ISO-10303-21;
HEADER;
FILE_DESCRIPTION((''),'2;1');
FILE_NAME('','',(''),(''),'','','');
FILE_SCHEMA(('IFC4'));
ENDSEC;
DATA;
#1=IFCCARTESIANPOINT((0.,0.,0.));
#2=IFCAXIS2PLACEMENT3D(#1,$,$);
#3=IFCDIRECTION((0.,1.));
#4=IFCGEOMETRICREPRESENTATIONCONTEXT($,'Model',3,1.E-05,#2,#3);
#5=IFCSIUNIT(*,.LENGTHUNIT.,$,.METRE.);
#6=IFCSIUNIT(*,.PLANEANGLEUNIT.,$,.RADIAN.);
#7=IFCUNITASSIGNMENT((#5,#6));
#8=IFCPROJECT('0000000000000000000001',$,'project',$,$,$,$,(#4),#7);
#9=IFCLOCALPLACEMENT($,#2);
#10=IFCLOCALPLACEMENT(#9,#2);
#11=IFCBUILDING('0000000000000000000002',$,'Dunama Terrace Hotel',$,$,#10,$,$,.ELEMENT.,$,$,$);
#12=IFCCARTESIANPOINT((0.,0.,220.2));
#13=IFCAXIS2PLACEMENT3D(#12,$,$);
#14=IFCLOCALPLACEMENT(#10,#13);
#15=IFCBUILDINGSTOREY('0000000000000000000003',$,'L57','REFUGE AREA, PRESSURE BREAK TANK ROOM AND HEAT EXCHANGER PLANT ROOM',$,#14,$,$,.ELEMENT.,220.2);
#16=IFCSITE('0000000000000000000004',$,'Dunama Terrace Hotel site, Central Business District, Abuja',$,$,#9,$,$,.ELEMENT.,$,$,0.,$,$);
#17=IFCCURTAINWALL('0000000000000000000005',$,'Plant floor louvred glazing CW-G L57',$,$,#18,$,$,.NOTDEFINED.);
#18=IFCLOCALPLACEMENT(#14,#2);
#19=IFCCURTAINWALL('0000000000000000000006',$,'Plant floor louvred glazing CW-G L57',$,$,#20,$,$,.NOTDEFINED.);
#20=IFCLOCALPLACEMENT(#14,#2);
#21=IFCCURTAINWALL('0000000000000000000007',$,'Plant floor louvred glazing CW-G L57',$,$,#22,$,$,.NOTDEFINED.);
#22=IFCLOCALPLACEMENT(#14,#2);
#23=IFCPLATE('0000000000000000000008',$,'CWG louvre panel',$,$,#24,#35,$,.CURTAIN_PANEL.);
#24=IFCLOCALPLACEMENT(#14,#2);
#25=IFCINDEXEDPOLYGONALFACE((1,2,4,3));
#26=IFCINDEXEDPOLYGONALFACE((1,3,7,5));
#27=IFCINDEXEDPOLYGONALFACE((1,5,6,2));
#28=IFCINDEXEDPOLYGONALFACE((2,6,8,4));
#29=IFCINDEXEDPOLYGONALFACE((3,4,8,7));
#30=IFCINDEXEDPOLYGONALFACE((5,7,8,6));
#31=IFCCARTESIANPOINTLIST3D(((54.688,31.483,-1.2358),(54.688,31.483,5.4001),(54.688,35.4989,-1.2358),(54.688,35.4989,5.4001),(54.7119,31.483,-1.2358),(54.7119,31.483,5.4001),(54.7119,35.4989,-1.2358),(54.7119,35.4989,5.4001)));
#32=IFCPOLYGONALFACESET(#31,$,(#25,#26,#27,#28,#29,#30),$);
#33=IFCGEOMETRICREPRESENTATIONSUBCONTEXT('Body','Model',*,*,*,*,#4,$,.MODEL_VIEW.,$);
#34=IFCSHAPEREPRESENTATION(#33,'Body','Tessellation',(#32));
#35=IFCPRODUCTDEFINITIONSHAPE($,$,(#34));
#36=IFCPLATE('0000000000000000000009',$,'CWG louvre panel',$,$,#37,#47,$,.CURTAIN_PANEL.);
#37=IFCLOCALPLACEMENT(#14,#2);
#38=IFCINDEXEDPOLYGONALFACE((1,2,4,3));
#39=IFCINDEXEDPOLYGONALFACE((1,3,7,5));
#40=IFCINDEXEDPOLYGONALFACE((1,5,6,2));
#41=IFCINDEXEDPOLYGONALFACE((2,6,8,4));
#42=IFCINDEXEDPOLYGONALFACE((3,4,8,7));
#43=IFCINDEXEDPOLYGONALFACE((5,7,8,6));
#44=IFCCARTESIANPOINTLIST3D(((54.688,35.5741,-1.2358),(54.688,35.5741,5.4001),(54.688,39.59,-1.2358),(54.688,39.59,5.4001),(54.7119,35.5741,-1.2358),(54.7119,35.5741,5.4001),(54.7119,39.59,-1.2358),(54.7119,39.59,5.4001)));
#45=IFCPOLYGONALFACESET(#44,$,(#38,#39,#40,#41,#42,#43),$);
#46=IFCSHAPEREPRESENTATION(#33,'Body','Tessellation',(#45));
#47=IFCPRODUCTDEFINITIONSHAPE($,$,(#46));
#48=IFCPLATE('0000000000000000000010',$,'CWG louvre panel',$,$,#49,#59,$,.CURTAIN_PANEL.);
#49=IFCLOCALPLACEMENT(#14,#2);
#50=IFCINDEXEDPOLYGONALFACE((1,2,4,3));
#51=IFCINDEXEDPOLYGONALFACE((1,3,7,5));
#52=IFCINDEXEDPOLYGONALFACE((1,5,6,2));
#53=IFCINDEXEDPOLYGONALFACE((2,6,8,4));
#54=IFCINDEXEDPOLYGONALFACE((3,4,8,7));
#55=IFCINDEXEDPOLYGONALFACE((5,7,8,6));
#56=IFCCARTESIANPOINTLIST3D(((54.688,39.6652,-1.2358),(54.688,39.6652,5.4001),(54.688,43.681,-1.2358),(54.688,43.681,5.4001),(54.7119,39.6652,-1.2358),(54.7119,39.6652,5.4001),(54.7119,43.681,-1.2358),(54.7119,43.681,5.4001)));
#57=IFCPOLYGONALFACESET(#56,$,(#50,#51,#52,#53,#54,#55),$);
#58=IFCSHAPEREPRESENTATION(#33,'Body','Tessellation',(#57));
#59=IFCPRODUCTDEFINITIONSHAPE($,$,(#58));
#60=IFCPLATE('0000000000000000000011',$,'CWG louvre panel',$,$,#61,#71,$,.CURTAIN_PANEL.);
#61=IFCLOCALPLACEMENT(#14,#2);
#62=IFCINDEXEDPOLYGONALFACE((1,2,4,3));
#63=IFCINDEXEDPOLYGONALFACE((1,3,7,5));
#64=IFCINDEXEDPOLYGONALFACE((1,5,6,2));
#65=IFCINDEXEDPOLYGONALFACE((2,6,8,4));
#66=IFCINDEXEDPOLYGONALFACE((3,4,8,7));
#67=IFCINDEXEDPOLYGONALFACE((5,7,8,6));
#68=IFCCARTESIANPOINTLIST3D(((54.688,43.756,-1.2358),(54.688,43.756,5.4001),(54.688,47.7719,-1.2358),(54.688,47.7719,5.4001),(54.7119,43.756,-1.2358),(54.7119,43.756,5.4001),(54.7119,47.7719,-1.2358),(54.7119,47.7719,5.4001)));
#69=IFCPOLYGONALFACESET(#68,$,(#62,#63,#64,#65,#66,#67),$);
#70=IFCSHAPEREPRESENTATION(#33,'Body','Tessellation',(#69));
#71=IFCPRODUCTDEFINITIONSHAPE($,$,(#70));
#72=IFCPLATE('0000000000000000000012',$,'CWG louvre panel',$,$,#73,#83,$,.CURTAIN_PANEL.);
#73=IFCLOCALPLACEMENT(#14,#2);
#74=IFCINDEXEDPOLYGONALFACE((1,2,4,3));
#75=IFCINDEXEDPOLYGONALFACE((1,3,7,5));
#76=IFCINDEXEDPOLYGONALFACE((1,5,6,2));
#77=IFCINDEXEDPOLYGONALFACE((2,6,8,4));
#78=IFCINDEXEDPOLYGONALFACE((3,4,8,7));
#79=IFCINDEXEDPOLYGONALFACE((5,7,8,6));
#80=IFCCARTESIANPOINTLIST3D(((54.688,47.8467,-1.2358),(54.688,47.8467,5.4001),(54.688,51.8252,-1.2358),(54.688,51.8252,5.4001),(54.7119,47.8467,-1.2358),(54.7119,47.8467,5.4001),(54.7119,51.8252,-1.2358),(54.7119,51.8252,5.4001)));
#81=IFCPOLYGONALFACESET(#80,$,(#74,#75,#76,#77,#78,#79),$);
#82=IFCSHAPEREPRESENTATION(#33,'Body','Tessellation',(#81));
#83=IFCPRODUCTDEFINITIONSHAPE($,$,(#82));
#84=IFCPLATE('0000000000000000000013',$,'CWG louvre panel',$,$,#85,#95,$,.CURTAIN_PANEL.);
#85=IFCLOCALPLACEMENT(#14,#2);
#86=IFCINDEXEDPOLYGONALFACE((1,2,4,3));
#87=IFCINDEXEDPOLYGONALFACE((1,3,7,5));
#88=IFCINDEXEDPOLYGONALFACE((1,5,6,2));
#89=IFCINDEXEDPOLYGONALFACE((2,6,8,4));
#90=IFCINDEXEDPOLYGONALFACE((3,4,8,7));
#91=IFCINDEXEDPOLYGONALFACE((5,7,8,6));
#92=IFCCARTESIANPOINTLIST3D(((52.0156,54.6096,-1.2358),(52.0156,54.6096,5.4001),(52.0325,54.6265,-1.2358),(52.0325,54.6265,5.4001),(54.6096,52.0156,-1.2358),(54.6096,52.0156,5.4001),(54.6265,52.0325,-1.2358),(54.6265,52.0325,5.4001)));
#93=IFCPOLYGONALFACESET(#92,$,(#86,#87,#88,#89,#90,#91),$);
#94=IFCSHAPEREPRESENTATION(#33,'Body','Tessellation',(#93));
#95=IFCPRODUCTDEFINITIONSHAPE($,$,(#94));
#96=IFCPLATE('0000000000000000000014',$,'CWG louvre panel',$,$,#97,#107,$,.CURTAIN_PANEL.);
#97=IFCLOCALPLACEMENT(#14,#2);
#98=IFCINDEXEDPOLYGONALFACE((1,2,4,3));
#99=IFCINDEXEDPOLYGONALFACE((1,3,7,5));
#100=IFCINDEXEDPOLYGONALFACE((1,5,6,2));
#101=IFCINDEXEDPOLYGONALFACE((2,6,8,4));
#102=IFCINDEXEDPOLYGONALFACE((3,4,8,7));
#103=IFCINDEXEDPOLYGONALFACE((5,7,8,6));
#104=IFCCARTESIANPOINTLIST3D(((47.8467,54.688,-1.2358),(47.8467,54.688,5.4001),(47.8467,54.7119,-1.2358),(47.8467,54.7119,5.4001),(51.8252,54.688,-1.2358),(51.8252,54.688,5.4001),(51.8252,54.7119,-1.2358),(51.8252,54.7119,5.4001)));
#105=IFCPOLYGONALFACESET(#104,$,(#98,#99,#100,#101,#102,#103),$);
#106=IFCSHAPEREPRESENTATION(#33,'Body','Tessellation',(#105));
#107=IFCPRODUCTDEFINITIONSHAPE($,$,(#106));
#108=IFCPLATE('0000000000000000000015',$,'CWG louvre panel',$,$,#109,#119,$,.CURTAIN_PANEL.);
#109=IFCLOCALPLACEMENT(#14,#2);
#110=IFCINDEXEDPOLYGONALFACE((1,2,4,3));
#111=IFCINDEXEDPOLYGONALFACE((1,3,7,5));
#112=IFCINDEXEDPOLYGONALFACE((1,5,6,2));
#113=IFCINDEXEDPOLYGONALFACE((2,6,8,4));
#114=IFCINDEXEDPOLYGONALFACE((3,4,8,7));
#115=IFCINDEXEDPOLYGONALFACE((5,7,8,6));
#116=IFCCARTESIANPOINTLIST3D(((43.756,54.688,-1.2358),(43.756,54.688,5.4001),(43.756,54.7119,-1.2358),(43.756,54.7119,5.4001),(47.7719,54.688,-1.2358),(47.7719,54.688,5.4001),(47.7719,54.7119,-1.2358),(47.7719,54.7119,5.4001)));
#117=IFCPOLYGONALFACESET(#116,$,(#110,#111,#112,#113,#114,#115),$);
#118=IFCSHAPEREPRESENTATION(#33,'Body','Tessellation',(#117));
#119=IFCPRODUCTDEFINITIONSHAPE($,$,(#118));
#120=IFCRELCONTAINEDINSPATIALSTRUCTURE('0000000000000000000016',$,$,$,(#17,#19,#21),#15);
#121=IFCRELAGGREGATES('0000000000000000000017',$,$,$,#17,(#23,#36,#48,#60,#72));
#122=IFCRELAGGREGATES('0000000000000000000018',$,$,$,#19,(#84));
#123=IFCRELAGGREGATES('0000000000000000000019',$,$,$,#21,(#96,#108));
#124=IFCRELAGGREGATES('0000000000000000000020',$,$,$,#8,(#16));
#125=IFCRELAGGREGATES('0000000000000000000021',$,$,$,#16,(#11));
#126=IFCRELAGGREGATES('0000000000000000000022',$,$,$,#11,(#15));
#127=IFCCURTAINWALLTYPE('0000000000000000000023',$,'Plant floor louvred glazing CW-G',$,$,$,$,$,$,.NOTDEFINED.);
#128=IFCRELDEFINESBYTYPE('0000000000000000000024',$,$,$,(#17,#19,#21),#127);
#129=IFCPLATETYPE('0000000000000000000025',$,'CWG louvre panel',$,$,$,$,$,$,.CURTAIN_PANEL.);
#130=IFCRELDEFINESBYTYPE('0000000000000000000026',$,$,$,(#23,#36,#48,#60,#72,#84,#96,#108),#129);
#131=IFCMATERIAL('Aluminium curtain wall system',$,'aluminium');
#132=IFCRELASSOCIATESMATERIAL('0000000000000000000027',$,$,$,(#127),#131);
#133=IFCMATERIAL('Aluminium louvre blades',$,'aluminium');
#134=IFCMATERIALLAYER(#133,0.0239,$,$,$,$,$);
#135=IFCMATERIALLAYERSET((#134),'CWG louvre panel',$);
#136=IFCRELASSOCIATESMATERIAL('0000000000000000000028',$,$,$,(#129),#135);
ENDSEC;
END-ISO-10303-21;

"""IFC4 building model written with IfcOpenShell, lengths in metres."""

from ifc_helpers import new_model, si_unit, direction, frame, origin, origin_2d, place, context, subcontext, project, spatial, rectangle, extrude, material, layer, layer_set, type_object, element, aggregate, save


model = new_model("IFC4")

# Units and contexts
model_context = context("Model", 3, precision=1e-05, world=origin(), true_north=direction((0.0, 1.0)))
body_context = subcontext(model_context, "Body", "Model", "MODEL_VIEW")
ifc_project = project(units=[si_unit("LENGTHUNIT", "METRE"), si_unit("PLANEANGLEUNIT", "RADIAN")], contexts=[model_context])

# Site, building, storey
site_placement = place(None, origin())
site = spatial("IfcSite", under=ifc_project, at=site_placement, Name="Dunama Terrace Hotel site, Central Business District, Abuja", CompositionType="ELEMENT", RefElevation=0.0)
building_placement = place(site_placement, origin())
building = spatial("IfcBuilding", under=site, at=building_placement, Name="Dunama Terrace Hotel", CompositionType="ELEMENT")
storey_placement = place(building_placement, frame((0.0, 0.0, 220.2)))
storey = spatial("IfcBuildingStorey", under=building, at=storey_placement, Name="L57", Description="REFUGE AREA, PRESSURE BREAK TANK ROOM AND HEAT EXCHANGER PLANT ROOM", CompositionType="ELEMENT", Elevation=220.2)

# Curtain walls
ifc_material_1 = material(Name="Aluminium curtain wall system", Category="aluminium")
curtain_wall_type = type_object("IfcCurtainWallType", Name="Plant floor louvred glazing CW-G", PredefinedType="NOTDEFINED", material=ifc_material_1)
curtain_wall_1_placement = place(storey_placement, origin())
curtain_wall_1 = element("IfcCurtainWall", 1, at=curtain_wall_1_placement, inside=storey, type_object=curtain_wall_type, Name="Plant floor louvred glazing CW-G L57", PredefinedType="NOTDEFINED")
curtain_wall_2_placement = place(storey_placement, origin())
curtain_wall_2 = element("IfcCurtainWall", 2, at=curtain_wall_2_placement, inside=storey, type_object=curtain_wall_type, Name="Plant floor louvred glazing CW-G L57", PredefinedType="NOTDEFINED")
curtain_wall_3_placement = place(storey_placement, origin())
curtain_wall_3 = element("IfcCurtainWall", 3, at=curtain_wall_3_placement, inside=storey, type_object=curtain_wall_type, Name="Plant floor louvred glazing CW-G L57", PredefinedType="NOTDEFINED")

# Plates
ifc_material_2 = material(Name="Aluminium louvre blades", Category="aluminium")
ifc_layer = layer(ifc_material_2, 0.0239)
ifc_layer_set = layer_set([ifc_layer], Name="CWG louvre panel")
plate_type = type_object("IfcPlateType", Name="CWG louvre panel", PredefinedType="CURTAIN_PANEL", material=ifc_layer_set)
plate_1_placement = place(storey_placement, frame((54.7, 33.491, -1.2358), z_axis=(0.0, 0.0, 1.0), x_axis=(0.0, 1.0, 0.0)))
plate_1 = element("IfcPlate", 4, at=plate_1_placement, type_object=plate_type, Name="CWG louvre panel", PredefinedType="CURTAIN_PANEL", context=body_context, shape_type="SweptSolid", body=[
    extrude(rectangle(XDim=4.0159, YDim=0.0239, at=origin_2d()), origin(), (0.0, 0.0, 1.0), 6.636),
])
plate_2_placement = place(storey_placement, frame((54.7, 37.582, -1.2358), z_axis=(0.0, 0.0, 1.0), x_axis=(0.0, 1.0, 0.0)))
plate_2 = element("IfcPlate", 5, at=plate_2_placement, type_object=plate_type, Name="CWG louvre panel", PredefinedType="CURTAIN_PANEL", context=body_context, shape_type="SweptSolid", body=[
    extrude(rectangle(XDim=4.0159, YDim=0.0239, at=origin_2d()), origin(), (0.0, 0.0, 1.0), 6.636),
])
plate_3_placement = place(storey_placement, frame((54.7, 41.6731, -1.2358), z_axis=(0.0, 0.0, 1.0), x_axis=(0.0, 1.0, 0.0)))
plate_3 = element("IfcPlate", 6, at=plate_3_placement, type_object=plate_type, Name="CWG louvre panel", PredefinedType="CURTAIN_PANEL", context=body_context, shape_type="SweptSolid", body=[
    extrude(rectangle(XDim=4.0159, YDim=0.0239, at=origin_2d()), origin(), (0.0, 0.0, 1.0), 6.636),
])
plate_4_placement = place(storey_placement, frame((54.7, 45.7639, -1.2358), z_axis=(0.0, 0.0, 1.0), x_axis=(0.0, 1.0, 0.0)))
plate_4 = element("IfcPlate", 7, at=plate_4_placement, type_object=plate_type, Name="CWG louvre panel", PredefinedType="CURTAIN_PANEL", context=body_context, shape_type="SweptSolid", body=[
    extrude(rectangle(XDim=4.0159, YDim=0.0239, at=origin_2d()), origin(), (0.0, 0.0, 1.0), 6.636),
])
plate_5_placement = place(storey_placement, frame((54.7, 49.8359, -1.2358), z_axis=(0.0, 0.0, 1.0), x_axis=(0.0, 1.0, 0.0)))
plate_5 = element("IfcPlate", 8, at=plate_5_placement, type_object=plate_type, Name="CWG louvre panel", PredefinedType="CURTAIN_PANEL", context=body_context, shape_type="SweptSolid", body=[
    extrude(rectangle(XDim=3.9785, YDim=0.0239, at=origin_2d()), origin(), (0.0, 0.0, 1.0), 6.636),
])
aggregate(curtain_wall_1, [plate_1, plate_2, plate_3, plate_4, plate_5])
plate_6_placement = place(storey_placement, frame((53.321, 53.321, -1.2358), z_axis=(0.0, 0.0, 1.0), x_axis=(-0.707107, 0.707107, 0.0)))
plate_6 = element("IfcPlate", 9, at=plate_6_placement, type_object=plate_type, Name="CWG louvre panel", PredefinedType="CURTAIN_PANEL", context=body_context, shape_type="SweptSolid", body=[
    extrude(rectangle(XDim=3.6685, YDim=0.0239, at=origin_2d()), origin(), (0.0, 0.0, 1.0), 6.636),
])
aggregate(curtain_wall_2, [plate_6])
plate_7_placement = place(storey_placement, frame((49.8359, 54.7, -1.2358), z_axis=(0.0, 0.0, 1.0), x_axis=(-1.0, 0.0, 0.0)))
plate_7 = element("IfcPlate", 10, at=plate_7_placement, type_object=plate_type, Name="CWG louvre panel", PredefinedType="CURTAIN_PANEL", context=body_context, shape_type="SweptSolid", body=[
    extrude(rectangle(XDim=3.9785, YDim=0.0239, at=origin_2d()), origin(), (0.0, 0.0, 1.0), 6.636),
])
plate_8_placement = place(storey_placement, frame((45.7639, 54.7, -1.2358), z_axis=(0.0, 0.0, 1.0), x_axis=(-1.0, 0.0, 0.0)))
plate_8 = element("IfcPlate", 11, at=plate_8_placement, type_object=plate_type, Name="CWG louvre panel", PredefinedType="CURTAIN_PANEL", context=body_context, shape_type="SweptSolid", body=[
    extrude(rectangle(XDim=4.0159, YDim=0.0239, at=origin_2d()), origin(), (0.0, 0.0, 1.0), 6.636),
])
aggregate(curtain_wall_3, [plate_7, plate_8])

save(model, "model.ifc")
